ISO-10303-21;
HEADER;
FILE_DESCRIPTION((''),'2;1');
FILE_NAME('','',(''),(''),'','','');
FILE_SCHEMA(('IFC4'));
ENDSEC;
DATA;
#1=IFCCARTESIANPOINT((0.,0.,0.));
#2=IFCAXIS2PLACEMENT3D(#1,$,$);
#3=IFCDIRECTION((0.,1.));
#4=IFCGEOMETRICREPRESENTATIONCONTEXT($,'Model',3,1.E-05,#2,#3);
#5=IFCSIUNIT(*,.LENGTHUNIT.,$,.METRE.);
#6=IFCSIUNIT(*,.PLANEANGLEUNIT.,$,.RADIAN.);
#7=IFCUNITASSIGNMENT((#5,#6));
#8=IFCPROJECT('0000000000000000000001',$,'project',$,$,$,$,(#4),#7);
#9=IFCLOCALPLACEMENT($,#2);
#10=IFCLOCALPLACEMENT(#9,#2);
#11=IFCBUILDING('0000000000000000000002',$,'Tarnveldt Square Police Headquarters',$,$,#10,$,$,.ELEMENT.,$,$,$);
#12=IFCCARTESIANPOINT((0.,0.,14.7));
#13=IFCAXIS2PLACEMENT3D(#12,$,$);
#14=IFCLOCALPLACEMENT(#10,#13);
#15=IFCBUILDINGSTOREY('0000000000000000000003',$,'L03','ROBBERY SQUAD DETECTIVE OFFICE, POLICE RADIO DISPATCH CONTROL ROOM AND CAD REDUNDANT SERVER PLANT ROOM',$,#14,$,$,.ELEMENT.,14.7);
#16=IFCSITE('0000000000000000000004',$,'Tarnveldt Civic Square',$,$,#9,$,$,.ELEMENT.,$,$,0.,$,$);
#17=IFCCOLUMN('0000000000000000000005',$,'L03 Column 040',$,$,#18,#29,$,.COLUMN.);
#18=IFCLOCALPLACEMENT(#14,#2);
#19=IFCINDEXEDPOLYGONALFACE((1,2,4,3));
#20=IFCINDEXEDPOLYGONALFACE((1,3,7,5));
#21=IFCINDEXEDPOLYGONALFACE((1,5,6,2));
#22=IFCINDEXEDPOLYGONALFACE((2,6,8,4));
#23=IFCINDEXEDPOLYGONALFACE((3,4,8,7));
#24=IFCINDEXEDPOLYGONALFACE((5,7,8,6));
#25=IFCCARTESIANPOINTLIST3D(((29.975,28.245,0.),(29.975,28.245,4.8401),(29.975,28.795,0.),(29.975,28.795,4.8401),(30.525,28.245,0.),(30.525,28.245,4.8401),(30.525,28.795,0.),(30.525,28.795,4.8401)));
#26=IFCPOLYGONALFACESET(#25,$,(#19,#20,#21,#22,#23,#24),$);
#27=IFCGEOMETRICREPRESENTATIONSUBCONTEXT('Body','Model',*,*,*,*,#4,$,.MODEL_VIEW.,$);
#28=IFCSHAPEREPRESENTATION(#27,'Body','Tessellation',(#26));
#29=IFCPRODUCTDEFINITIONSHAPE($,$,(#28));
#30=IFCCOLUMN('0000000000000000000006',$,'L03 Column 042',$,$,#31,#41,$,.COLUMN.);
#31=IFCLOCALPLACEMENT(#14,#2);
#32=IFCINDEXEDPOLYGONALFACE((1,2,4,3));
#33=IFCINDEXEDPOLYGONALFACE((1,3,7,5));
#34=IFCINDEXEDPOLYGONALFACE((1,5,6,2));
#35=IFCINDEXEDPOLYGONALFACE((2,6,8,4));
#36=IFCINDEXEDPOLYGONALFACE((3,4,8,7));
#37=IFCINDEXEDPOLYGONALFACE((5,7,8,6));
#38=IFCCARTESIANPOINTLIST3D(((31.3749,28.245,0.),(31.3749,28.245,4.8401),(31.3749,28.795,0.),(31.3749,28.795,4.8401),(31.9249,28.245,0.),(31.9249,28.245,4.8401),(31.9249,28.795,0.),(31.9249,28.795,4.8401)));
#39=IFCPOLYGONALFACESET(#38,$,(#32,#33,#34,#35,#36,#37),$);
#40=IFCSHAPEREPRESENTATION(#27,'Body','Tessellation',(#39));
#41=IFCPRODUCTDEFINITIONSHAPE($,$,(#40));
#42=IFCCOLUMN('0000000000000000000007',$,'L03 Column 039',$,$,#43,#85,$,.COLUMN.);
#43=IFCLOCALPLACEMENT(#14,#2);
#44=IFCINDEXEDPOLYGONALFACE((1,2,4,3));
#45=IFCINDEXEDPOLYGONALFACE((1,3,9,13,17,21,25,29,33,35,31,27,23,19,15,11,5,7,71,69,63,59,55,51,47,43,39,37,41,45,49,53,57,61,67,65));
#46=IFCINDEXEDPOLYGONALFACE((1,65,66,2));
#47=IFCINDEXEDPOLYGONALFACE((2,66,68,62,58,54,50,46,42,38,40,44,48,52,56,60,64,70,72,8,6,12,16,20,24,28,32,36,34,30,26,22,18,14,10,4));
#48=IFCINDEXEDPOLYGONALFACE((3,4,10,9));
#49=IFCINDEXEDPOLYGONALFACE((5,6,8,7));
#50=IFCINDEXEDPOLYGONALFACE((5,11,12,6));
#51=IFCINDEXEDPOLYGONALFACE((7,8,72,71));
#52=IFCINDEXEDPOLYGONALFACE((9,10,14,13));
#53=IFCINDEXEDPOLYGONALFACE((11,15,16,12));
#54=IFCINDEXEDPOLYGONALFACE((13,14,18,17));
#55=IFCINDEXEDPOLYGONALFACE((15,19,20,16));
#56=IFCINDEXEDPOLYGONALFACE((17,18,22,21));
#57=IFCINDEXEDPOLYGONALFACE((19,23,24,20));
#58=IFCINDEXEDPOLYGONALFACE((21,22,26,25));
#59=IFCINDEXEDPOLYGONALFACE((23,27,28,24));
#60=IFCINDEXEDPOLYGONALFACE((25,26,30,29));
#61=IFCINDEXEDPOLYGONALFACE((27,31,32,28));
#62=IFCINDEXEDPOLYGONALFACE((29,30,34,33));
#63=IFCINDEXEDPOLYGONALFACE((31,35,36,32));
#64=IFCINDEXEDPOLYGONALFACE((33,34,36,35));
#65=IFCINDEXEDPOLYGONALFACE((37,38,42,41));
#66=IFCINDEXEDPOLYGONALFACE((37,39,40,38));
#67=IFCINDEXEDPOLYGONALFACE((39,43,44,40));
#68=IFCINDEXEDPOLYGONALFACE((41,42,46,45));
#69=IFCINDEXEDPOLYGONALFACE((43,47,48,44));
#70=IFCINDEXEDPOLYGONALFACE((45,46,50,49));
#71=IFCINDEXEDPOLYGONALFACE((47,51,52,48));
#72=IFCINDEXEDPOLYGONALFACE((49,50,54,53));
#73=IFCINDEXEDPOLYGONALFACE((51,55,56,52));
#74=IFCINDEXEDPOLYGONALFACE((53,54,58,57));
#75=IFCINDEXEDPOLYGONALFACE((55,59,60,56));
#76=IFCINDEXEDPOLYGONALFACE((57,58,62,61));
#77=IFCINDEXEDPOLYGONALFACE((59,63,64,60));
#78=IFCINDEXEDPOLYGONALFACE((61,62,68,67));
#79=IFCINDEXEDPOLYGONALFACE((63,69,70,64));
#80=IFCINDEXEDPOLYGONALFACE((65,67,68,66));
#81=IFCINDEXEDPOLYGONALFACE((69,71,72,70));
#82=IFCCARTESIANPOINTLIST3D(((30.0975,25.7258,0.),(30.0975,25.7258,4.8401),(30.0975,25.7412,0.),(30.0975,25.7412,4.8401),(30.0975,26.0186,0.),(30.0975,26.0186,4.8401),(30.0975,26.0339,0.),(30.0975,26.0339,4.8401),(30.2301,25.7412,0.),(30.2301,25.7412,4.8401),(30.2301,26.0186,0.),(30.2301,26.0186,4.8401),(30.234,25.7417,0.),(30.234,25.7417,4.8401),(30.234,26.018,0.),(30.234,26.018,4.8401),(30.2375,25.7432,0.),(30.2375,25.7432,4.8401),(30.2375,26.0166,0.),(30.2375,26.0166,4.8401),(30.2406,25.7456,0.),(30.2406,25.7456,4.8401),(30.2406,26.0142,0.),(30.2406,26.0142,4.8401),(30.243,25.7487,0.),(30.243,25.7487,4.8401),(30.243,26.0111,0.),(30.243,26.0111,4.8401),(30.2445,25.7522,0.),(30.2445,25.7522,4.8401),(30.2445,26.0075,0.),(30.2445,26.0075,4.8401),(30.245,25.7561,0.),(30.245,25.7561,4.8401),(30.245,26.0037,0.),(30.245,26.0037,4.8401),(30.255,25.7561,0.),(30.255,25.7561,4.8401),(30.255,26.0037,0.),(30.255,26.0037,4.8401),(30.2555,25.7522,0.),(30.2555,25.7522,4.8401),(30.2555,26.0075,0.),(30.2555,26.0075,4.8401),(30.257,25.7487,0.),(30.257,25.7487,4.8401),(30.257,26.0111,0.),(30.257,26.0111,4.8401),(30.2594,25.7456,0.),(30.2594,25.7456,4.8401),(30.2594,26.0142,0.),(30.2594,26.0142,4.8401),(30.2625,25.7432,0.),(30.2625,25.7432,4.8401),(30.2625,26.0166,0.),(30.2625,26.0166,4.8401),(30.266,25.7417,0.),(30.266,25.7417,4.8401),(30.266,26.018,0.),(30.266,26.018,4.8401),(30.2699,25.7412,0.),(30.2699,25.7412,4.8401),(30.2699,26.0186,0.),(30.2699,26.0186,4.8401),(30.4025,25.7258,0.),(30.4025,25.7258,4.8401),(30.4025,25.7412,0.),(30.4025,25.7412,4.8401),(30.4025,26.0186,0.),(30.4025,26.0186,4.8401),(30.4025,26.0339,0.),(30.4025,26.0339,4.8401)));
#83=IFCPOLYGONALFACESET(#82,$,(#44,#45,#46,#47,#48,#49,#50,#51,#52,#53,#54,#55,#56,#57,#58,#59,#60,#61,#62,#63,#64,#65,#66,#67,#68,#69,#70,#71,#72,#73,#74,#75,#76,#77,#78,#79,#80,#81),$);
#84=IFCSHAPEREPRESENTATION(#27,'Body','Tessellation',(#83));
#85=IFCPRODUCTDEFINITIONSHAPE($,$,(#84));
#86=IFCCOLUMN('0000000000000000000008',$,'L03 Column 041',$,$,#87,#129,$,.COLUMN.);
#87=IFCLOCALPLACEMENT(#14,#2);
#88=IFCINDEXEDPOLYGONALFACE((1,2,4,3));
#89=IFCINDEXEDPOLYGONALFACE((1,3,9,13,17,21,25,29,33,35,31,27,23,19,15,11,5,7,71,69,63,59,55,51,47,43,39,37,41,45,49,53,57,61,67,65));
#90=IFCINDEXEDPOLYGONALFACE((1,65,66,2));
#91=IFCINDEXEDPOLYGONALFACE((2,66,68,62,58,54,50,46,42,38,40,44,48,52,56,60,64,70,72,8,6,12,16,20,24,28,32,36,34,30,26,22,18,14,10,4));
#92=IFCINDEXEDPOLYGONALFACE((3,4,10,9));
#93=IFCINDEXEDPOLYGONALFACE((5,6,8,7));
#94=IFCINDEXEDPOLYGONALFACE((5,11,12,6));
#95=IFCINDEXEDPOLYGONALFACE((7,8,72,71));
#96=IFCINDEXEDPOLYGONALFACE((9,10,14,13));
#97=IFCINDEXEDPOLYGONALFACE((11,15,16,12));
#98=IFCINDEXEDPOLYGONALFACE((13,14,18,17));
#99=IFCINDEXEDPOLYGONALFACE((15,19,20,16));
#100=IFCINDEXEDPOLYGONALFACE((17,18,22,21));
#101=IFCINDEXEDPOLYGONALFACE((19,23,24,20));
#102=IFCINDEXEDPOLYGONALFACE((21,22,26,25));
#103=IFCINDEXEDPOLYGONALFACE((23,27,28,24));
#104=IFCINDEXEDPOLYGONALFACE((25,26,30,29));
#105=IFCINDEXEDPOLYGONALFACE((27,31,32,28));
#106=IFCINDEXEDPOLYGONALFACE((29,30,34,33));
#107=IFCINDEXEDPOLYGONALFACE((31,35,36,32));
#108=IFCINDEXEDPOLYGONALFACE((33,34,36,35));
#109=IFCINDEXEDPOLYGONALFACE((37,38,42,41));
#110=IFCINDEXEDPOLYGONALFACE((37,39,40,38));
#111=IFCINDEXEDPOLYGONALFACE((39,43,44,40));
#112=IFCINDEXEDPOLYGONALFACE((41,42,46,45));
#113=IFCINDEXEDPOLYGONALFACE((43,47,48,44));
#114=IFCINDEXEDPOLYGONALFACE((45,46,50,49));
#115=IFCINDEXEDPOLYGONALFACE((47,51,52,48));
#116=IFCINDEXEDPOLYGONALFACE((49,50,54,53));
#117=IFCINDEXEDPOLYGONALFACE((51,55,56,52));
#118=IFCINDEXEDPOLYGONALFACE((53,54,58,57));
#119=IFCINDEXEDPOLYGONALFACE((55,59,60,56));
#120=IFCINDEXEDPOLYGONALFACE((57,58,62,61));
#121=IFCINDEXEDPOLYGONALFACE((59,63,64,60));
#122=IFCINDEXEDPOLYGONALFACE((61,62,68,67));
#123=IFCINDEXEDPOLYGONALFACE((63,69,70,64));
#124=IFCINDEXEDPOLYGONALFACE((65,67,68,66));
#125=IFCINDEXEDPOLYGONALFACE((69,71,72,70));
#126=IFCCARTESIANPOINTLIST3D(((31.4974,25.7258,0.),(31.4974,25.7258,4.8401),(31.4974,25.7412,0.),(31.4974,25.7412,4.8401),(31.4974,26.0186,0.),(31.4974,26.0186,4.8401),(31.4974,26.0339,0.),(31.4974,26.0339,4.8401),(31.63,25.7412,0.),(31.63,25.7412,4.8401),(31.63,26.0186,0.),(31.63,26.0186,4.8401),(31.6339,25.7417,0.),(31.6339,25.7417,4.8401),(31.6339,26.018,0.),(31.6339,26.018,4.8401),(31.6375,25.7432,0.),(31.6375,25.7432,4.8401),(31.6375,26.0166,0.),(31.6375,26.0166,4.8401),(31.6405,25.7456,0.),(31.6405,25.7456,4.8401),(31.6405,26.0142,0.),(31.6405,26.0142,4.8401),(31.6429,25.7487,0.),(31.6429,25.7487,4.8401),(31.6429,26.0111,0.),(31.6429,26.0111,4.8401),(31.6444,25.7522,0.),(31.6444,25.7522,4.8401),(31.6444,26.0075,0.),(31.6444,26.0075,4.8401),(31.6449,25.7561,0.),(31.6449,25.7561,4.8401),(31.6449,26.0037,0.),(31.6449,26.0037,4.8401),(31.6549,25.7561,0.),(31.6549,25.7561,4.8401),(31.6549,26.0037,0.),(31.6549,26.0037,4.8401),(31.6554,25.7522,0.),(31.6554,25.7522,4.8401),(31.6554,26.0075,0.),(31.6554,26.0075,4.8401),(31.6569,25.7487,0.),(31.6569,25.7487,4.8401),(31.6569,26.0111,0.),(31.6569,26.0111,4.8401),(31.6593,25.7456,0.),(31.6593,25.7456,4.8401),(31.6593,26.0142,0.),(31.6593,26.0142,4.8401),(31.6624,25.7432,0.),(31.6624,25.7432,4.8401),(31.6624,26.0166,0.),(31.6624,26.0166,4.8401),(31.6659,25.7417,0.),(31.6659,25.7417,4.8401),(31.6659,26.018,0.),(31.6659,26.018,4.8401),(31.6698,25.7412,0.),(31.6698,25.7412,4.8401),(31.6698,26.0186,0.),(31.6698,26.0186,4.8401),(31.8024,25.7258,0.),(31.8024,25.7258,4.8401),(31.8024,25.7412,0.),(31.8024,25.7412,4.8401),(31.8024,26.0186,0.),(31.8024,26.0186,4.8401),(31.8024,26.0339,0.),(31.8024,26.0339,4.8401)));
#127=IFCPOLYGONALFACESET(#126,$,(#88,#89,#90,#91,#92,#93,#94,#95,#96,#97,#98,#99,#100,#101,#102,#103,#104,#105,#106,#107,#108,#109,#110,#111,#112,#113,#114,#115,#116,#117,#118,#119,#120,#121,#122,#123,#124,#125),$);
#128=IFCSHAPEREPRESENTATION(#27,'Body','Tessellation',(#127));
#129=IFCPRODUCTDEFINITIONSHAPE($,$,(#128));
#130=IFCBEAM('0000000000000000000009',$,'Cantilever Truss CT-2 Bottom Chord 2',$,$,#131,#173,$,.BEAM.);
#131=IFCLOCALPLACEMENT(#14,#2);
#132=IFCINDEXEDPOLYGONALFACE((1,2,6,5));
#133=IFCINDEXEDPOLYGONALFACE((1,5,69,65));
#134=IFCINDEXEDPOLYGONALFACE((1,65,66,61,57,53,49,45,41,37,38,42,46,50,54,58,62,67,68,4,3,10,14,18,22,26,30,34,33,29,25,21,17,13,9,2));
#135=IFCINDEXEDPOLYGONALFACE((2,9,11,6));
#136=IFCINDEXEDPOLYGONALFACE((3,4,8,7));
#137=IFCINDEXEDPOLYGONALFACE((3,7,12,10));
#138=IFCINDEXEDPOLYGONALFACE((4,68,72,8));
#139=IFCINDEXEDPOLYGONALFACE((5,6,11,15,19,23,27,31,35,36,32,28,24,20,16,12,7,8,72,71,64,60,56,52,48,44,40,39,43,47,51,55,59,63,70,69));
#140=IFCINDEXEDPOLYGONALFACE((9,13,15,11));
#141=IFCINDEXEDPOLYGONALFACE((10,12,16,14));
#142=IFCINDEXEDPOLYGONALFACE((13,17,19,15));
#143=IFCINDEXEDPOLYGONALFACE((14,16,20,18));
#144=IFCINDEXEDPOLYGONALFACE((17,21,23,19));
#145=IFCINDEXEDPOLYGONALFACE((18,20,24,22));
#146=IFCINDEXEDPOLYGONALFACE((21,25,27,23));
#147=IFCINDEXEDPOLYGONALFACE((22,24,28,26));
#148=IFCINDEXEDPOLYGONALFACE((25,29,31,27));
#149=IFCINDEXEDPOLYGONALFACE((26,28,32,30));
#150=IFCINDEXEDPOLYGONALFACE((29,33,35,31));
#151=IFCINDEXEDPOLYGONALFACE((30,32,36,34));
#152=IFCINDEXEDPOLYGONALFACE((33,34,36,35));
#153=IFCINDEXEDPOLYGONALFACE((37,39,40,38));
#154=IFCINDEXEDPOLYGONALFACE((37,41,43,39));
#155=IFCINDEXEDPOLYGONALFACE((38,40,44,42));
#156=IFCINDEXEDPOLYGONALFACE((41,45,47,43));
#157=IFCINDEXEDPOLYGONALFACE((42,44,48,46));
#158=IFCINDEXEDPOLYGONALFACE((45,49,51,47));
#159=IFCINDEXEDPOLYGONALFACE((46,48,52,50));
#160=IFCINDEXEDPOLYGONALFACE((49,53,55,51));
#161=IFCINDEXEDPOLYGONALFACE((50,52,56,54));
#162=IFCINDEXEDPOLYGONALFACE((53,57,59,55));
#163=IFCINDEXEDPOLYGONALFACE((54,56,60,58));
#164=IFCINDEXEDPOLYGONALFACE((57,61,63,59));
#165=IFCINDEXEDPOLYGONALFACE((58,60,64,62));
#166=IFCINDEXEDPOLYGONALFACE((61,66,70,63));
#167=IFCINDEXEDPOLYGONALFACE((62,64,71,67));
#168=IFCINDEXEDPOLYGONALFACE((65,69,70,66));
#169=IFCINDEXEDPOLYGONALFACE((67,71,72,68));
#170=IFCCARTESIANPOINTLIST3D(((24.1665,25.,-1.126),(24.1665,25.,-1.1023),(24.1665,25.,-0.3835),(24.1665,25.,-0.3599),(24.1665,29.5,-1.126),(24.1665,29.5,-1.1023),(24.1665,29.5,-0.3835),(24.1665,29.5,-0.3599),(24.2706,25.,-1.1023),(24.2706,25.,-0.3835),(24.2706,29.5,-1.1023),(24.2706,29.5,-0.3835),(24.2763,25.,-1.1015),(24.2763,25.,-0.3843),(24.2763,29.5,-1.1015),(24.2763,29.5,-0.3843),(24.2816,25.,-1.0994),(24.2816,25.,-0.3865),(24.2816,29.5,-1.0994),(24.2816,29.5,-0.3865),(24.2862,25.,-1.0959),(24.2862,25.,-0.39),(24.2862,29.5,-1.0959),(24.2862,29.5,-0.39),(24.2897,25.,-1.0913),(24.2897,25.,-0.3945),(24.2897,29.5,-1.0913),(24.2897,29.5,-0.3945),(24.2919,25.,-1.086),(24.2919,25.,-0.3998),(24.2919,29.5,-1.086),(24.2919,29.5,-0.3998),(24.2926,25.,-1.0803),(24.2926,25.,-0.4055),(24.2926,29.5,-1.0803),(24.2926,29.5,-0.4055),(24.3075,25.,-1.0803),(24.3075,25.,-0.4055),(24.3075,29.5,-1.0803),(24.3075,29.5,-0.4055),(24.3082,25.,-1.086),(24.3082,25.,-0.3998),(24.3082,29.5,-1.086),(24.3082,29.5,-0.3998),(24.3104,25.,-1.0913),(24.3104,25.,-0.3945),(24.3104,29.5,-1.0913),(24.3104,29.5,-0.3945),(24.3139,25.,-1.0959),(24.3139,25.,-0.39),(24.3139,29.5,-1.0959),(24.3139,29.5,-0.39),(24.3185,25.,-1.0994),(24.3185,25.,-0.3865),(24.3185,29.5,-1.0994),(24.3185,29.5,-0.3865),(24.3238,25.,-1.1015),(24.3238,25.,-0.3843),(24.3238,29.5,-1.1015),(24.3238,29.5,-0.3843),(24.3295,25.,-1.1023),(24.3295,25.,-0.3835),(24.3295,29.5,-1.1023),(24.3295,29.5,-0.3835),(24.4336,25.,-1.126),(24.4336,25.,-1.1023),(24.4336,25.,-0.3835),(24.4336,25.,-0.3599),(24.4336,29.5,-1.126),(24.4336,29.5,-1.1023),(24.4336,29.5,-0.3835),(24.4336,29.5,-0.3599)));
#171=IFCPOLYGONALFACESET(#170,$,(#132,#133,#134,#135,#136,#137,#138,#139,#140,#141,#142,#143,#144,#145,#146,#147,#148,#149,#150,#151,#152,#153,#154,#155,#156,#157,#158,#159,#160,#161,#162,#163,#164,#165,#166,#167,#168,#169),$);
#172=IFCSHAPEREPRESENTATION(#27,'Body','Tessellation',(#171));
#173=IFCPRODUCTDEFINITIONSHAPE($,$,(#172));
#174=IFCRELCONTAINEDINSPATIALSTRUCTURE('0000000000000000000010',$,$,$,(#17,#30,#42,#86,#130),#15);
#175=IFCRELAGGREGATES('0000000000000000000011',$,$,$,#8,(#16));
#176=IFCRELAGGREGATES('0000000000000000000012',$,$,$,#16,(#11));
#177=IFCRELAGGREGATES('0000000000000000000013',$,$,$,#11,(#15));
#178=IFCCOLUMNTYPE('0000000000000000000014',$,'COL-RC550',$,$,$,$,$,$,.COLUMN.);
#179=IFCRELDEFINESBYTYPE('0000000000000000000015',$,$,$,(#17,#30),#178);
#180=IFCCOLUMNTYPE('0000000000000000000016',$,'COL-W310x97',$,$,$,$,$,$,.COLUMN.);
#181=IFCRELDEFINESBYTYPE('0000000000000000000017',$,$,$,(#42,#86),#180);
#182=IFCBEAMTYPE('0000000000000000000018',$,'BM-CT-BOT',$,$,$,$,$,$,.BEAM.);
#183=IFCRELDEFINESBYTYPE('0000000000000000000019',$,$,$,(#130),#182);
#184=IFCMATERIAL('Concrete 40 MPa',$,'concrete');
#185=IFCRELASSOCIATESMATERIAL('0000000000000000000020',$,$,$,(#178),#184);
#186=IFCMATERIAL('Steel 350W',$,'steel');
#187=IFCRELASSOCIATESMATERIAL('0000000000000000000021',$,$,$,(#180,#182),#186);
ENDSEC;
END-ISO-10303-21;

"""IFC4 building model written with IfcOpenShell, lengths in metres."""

from ifc_helpers import new_model, si_unit, direction, frame, origin, origin_2d, place, context, subcontext, project, spatial, rectangle, i_section, extrude, material, material_profile, profile_set, type_object, element, save


model = new_model("IFC4")

# Units and contexts
model_context = context("Model", 3, precision=1e-05, world=origin(), true_north=direction((0.0, 1.0)))
body_context = subcontext(model_context, "Body", "Model", "MODEL_VIEW")
ifc_project = project(units=[si_unit("LENGTHUNIT", "METRE"), si_unit("PLANEANGLEUNIT", "RADIAN")], contexts=[model_context])

# Site, building, storey
site_placement = place(None, origin())
site = spatial("IfcSite", under=ifc_project, at=site_placement, Name="Tarnveldt Civic Square", CompositionType="ELEMENT", RefElevation=0.0)
building_placement = place(site_placement, origin())
building = spatial("IfcBuilding", under=site, at=building_placement, Name="Tarnveldt Square Police Headquarters", CompositionType="ELEMENT")
storey_placement = place(building_placement, frame((0.0, 0.0, 14.7)))
storey = spatial("IfcBuildingStorey", under=building, at=storey_placement, Name="L03", Description="ROBBERY SQUAD DETECTIVE OFFICE, POLICE RADIO DISPATCH CONTROL ROOM AND CAD REDUNDANT SERVER PLANT ROOM", CompositionType="ELEMENT", Elevation=14.7)

# Columns
ifc_material_1 = material(Name="Concrete 40 MPa", Category="concrete")
ifc_material_profile_1 = material_profile(ifc_material_1, rectangle(XDim=0.55, YDim=0.55, at=origin_2d()), Name="RC-C550x550")
ifc_profile_set_1 = profile_set([ifc_material_profile_1], Name="Concrete 40 MPa")
column_type_1 = type_object("IfcColumnType", Name="COL-RC550", PredefinedType="COLUMN", material=ifc_profile_set_1)
for number, where, z_axis, x_axis, name in (
    (1, (30.25, 28.52, 0.0), (0.0, 0.0, 1.0), (1.0, 0.0, 0.0), "L03 Column 040"),
    (2, (31.6499, 28.52, 0.0), (0.0, 0.0, 1.0), (1.0, 0.0, 0.0), "L03 Column 042"),
):
    element("IfcColumn", number, at=place(storey_placement, frame(where, z_axis=z_axis, x_axis=x_axis)), inside=storey, type_object=column_type_1, Name=name, PredefinedType="COLUMN", context=body_context, shape_type="SweptSolid", body=[
        extrude(rectangle(XDim=0.55, YDim=0.55, at=origin_2d()), origin(), (0.0, 0.0, 1.0), 4.8401),
    ])
ifc_material_2 = material(Name="Steel 350W", Category="steel")
ifc_material_profile_2 = material_profile(ifc_material_2, i_section(OverallWidth=0.3049, OverallDepth=0.3081, WebThickness=0.01, FlangeThickness=0.0154, FilletRadius=0.0149, at=origin_2d()), Name="W310x97")
ifc_profile_set_2 = profile_set([ifc_material_profile_2], Name="Steel 350W")
column_type_2 = type_object("IfcColumnType", Name="COL-W310x97", PredefinedType="COLUMN", material=ifc_profile_set_2)
for number, where, z_axis, x_axis, name in (
    (3, (30.25, 25.8799, 0.0), (0.0, 0.0, 1.0), (1.0, 0.0, 0.0), "L03 Column 039"),
    (4, (31.6499, 25.8799, 0.0), (0.0, 0.0, 1.0), (1.0, 0.0, 0.0), "L03 Column 041"),
):
    element("IfcColumn", number, at=place(storey_placement, frame(where, z_axis=z_axis, x_axis=x_axis)), inside=storey, type_object=column_type_2, Name=name, PredefinedType="COLUMN", context=body_context, shape_type="SweptSolid", body=[
        extrude(i_section(OverallWidth=0.3049, OverallDepth=0.3081, WebThickness=0.01, FlangeThickness=0.0154, FilletRadius=0.0149, at=origin_2d()), origin(), (0.0, 0.0, 1.0), 4.8401),
    ])

# Beam
ifc_material_profile_3 = material_profile(ifc_material_2, i_section(OverallWidth=0.2671, OverallDepth=0.7661, WebThickness=0.0149, FlangeThickness=0.0237, FilletRadius=0.022, at=origin_2d()), Name="W760x185")
ifc_profile_set_3 = profile_set([ifc_material_profile_3], Name="Steel 350W")
beam_type_1 = type_object("IfcBeamType", Name="BM-CT-BOT", PredefinedType="BEAM", material=ifc_profile_set_3)
for number, where, z_axis, x_axis, name in (
    (5, (24.3, 29.5, -0.7429), (0.0, -1.0, 0.0), (1.0, 0.0, 0.0), "Cantilever Truss CT-2 Bottom Chord 2"),
):
    element("IfcBeam", number, at=place(storey_placement, frame(where, z_axis=z_axis, x_axis=x_axis)), inside=storey, type_object=beam_type_1, Name=name, PredefinedType="BEAM", context=body_context, shape_type="SweptSolid", body=[
        extrude(i_section(OverallWidth=0.2671, OverallDepth=0.7661, WebThickness=0.0149, FlangeThickness=0.0237, FilletRadius=0.022, at=origin_2d()), origin(), (0.0, 0.0, 1.0), 4.5),
    ])

save(model, "model.ifc")
